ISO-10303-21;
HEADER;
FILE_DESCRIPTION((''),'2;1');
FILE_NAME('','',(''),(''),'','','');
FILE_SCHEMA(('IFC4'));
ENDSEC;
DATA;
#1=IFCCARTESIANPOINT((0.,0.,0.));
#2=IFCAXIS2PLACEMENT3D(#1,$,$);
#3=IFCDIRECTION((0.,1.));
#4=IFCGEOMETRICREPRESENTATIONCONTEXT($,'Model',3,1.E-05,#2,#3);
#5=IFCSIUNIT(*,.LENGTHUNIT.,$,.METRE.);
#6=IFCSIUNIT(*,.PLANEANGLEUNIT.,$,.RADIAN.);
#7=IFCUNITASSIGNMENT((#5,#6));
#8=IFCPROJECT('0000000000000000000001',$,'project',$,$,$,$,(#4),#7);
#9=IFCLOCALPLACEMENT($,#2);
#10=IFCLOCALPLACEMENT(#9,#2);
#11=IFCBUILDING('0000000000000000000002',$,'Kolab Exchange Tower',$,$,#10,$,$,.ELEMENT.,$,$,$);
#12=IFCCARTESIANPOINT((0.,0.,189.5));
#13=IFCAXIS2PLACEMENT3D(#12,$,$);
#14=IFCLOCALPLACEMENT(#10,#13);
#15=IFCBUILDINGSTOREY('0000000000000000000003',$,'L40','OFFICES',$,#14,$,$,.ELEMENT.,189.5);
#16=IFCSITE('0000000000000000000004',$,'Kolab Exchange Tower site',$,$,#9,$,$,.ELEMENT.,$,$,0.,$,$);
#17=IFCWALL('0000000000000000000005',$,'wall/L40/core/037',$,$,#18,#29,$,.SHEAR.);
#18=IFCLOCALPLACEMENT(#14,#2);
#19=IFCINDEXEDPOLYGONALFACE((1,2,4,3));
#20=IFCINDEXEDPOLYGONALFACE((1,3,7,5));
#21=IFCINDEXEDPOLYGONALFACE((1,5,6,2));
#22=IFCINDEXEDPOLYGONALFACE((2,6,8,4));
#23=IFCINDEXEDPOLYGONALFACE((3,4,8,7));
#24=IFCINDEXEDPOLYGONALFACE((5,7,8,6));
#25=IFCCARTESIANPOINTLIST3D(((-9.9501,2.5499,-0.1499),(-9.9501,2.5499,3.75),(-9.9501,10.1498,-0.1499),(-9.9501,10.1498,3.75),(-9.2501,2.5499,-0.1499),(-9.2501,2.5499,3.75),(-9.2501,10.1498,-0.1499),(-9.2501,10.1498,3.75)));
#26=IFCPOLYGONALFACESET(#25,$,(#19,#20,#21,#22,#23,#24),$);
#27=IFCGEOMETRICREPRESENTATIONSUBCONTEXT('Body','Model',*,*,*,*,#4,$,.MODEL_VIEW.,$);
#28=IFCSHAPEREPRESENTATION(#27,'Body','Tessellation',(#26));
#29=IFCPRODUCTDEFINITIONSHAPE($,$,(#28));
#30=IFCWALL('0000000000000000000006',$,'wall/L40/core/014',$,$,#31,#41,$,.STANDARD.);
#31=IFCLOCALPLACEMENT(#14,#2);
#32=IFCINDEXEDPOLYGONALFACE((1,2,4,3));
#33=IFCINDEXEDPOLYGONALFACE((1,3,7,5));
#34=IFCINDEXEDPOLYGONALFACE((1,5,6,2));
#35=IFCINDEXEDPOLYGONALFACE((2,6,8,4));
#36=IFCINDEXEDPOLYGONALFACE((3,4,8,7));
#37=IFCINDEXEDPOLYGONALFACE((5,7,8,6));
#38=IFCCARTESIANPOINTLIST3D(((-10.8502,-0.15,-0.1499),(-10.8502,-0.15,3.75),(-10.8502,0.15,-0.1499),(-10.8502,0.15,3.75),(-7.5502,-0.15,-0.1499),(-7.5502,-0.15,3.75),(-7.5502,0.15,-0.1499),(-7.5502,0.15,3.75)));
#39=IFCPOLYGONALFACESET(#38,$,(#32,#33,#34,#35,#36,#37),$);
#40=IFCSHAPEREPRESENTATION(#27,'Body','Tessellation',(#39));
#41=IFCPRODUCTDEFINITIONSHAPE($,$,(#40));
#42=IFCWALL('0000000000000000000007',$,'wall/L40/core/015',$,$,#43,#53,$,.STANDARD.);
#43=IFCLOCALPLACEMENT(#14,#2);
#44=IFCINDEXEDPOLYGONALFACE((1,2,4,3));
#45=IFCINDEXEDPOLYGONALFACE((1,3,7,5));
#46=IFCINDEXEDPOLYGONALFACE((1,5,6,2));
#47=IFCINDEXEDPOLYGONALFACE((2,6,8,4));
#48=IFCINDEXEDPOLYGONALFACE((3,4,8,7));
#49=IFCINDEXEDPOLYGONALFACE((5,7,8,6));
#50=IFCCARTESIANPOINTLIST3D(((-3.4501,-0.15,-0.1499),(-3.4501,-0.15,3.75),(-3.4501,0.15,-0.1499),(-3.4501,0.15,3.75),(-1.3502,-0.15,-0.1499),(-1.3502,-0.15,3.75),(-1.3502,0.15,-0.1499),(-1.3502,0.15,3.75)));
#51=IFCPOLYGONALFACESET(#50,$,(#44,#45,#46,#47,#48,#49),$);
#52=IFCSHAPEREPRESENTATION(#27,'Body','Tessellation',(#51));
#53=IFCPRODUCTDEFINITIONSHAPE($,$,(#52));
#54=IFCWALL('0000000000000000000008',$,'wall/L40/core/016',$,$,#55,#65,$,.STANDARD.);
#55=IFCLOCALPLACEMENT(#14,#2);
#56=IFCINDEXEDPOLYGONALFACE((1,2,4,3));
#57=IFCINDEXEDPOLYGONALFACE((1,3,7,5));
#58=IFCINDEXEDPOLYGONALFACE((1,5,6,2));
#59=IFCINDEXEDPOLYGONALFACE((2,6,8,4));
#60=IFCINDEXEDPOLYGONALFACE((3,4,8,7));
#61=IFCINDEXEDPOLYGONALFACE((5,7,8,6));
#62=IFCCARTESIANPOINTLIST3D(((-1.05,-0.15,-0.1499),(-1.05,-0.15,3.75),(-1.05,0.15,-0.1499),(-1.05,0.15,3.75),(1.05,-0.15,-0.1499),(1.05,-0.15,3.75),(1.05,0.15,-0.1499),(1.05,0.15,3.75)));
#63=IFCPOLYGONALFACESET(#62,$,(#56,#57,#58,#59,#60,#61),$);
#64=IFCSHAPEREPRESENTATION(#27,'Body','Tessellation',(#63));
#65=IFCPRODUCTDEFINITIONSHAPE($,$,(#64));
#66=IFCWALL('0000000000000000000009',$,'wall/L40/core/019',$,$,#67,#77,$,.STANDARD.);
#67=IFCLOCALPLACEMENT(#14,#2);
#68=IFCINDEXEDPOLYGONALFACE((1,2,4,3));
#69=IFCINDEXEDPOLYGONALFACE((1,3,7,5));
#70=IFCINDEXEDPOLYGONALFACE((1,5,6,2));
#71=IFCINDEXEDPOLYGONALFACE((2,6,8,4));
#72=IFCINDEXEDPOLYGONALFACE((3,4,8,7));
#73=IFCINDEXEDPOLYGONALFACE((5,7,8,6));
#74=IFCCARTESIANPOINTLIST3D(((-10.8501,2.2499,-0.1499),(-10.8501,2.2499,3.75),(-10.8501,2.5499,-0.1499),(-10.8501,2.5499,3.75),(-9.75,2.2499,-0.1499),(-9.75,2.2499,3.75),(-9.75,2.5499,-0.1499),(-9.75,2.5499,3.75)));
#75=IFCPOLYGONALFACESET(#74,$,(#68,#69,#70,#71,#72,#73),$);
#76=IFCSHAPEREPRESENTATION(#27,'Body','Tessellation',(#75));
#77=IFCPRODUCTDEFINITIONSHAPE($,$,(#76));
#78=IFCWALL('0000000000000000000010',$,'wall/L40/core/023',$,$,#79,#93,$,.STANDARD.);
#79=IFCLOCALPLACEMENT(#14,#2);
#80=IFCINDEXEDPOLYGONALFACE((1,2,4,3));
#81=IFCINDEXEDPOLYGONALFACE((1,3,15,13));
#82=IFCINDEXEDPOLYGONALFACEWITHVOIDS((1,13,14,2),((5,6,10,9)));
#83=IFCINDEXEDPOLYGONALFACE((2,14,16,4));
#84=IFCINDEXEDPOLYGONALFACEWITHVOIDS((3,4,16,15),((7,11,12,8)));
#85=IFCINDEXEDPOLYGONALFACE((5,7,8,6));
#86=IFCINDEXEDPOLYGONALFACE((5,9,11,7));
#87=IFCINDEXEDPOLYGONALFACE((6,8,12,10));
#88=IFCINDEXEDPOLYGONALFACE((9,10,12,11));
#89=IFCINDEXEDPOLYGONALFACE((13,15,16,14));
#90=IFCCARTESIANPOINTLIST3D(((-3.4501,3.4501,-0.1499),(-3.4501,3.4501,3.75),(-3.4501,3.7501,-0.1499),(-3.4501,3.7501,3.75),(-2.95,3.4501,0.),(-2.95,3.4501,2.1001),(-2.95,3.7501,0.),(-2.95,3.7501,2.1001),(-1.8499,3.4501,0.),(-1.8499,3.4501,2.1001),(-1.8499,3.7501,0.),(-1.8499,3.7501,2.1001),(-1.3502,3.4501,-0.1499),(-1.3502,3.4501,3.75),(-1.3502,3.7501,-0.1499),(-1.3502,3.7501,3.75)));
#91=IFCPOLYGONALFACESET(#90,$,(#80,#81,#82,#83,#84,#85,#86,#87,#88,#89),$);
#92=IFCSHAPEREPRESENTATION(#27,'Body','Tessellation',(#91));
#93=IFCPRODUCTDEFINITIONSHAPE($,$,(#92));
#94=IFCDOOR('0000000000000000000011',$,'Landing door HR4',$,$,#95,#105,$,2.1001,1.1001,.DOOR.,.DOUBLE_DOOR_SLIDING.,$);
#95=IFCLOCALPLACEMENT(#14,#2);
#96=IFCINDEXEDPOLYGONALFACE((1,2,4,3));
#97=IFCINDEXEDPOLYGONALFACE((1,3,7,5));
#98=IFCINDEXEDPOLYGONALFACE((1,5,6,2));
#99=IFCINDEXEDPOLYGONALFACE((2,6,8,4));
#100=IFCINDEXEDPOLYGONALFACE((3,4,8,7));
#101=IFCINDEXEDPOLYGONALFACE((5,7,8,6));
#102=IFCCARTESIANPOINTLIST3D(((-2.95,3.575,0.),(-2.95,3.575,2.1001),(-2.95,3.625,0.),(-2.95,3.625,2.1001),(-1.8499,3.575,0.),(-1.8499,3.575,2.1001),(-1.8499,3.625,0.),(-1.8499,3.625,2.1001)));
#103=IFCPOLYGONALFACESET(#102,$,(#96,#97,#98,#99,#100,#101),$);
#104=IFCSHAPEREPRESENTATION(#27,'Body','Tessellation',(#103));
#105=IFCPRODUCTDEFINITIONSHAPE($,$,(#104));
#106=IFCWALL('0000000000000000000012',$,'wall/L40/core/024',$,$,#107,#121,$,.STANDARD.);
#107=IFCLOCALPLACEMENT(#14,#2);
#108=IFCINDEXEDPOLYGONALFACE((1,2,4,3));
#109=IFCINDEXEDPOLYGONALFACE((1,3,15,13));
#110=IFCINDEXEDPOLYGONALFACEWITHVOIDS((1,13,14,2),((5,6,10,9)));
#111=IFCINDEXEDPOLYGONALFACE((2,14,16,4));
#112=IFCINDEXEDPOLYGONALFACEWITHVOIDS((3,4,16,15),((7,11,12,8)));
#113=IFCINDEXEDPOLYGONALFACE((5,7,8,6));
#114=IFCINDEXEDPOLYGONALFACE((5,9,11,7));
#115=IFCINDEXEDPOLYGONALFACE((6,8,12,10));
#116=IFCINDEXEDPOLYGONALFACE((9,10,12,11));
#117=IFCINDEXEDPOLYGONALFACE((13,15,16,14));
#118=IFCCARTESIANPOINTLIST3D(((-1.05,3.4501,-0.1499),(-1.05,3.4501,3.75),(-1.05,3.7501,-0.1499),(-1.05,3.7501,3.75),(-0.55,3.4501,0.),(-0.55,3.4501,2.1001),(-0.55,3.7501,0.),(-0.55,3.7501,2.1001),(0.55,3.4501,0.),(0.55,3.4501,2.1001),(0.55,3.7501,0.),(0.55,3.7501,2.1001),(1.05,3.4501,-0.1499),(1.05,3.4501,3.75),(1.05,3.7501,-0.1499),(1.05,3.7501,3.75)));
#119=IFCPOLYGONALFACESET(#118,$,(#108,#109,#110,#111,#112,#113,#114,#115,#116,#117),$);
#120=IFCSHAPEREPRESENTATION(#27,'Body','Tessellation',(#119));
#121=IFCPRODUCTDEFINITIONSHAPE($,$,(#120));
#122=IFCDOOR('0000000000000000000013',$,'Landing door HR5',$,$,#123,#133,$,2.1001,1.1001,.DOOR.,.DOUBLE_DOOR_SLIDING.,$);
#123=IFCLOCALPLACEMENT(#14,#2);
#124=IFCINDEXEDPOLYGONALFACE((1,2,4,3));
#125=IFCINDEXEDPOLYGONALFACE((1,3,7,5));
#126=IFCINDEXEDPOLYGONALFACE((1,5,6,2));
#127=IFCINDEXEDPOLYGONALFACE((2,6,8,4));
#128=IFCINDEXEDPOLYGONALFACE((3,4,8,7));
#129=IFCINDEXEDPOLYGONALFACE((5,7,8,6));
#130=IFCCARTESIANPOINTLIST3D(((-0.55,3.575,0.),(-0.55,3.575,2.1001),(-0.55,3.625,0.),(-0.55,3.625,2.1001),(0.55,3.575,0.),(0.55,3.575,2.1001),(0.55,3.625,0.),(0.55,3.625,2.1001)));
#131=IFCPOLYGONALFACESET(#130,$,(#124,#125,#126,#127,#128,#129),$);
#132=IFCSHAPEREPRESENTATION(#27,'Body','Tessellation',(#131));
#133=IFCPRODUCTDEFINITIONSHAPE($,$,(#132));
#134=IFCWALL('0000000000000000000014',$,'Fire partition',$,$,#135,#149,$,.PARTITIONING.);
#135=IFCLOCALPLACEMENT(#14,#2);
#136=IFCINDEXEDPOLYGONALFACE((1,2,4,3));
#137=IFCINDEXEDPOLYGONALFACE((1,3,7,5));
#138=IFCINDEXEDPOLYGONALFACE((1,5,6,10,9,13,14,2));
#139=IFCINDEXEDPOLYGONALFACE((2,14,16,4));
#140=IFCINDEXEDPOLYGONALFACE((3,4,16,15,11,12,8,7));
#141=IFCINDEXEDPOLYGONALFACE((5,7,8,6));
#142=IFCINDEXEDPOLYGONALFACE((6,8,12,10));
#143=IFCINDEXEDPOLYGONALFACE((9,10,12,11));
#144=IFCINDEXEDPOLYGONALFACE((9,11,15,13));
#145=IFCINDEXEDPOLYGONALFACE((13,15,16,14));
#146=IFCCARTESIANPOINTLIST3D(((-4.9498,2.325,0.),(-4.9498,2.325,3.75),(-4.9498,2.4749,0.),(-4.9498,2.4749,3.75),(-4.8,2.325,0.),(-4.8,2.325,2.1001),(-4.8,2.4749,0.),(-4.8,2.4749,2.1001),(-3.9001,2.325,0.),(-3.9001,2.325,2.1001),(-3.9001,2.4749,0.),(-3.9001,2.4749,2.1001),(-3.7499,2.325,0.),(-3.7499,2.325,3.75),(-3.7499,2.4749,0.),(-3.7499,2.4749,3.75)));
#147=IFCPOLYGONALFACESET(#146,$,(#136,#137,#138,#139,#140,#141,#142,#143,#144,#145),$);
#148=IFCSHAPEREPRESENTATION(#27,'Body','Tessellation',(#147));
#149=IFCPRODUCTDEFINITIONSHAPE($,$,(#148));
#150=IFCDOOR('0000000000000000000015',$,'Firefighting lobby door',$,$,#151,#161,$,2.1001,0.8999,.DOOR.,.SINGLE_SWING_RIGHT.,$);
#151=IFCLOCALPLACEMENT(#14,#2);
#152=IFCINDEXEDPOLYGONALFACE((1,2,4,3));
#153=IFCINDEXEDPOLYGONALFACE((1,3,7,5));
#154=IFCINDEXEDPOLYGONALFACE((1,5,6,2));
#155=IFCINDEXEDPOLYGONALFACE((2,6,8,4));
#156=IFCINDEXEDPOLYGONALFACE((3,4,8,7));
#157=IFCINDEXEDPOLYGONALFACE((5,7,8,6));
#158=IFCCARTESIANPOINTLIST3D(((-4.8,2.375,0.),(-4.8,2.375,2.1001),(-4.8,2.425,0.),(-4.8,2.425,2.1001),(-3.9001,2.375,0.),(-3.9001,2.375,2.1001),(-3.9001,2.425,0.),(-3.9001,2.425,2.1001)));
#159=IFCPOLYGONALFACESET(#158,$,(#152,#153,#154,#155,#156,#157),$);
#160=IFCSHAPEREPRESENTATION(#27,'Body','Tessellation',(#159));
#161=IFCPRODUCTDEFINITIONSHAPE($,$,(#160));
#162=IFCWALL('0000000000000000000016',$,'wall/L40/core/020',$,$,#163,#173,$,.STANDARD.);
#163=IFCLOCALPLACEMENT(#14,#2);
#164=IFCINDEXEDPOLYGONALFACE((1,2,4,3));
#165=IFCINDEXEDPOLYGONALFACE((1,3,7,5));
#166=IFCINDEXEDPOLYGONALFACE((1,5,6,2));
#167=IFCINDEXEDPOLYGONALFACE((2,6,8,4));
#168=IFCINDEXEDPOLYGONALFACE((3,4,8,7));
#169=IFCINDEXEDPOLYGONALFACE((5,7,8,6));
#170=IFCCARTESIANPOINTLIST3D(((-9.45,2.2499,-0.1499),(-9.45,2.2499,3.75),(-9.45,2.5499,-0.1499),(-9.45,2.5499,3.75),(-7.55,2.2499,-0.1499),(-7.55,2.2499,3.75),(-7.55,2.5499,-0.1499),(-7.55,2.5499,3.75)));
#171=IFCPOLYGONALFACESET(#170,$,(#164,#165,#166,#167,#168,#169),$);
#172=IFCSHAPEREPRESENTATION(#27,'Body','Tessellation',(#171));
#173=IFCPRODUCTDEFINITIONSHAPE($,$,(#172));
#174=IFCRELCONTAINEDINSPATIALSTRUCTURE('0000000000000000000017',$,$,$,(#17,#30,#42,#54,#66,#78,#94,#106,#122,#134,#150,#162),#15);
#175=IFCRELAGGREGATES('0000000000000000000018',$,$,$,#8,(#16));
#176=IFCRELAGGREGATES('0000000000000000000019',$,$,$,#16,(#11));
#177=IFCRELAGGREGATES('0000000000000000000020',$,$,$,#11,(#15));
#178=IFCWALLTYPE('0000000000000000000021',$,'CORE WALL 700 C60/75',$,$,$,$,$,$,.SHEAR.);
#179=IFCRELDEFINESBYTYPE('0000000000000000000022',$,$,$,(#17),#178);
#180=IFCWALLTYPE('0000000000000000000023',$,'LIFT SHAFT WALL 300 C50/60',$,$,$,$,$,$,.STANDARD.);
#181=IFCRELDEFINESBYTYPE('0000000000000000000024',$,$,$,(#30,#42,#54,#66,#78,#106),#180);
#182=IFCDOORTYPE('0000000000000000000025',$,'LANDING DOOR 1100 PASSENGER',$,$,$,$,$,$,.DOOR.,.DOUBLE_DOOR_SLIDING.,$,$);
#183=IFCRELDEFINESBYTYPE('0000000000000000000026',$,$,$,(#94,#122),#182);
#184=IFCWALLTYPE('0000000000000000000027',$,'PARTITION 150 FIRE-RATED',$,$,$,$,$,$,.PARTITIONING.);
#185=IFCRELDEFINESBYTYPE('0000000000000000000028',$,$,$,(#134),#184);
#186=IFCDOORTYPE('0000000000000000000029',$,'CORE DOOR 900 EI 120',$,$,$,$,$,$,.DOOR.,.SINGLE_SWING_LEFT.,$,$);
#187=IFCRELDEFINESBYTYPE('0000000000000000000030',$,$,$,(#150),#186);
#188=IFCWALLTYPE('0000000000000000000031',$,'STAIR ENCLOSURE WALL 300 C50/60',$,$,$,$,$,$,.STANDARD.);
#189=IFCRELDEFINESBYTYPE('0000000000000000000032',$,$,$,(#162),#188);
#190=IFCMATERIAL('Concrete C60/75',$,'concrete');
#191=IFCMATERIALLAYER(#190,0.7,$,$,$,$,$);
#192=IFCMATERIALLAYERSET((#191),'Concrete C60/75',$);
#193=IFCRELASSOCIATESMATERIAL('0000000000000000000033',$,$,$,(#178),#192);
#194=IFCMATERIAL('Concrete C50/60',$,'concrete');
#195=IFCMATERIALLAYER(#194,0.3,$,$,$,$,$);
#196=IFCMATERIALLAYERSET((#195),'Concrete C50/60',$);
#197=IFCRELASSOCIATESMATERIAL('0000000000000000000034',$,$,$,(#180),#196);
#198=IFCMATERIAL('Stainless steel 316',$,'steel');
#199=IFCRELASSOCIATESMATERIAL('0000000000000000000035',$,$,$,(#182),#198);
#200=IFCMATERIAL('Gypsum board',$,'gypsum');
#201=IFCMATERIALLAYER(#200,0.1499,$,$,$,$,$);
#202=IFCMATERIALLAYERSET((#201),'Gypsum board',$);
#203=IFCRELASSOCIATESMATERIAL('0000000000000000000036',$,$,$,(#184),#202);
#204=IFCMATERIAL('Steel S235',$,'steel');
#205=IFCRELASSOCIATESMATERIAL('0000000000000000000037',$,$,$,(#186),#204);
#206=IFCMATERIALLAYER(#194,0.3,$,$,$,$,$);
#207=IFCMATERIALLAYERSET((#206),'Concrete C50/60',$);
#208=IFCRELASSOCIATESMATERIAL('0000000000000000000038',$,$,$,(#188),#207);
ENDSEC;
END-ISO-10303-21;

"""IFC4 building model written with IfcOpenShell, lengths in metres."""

from ifc_helpers import new_model, si_unit, direction, frame, frame_2d, origin, place, context, subcontext, project, spatial, rectangle, extrude, material, layer, layer_set, type_object, element, fill, save


model = new_model("IFC4")

# Units and contexts
model_context = context("Model", 3, precision=1e-05, world=origin(), true_north=direction((0.0, 1.0)))
body_context = subcontext(model_context, "Body", "Model", "MODEL_VIEW")
ifc_project = project(units=[si_unit("LENGTHUNIT", "METRE"), si_unit("PLANEANGLEUNIT", "RADIAN")], contexts=[model_context])

# Site, building, storey
site_placement = place(None, origin())
site = spatial("IfcSite", under=ifc_project, at=site_placement, Name="Kolab Exchange Tower site", CompositionType="ELEMENT", RefElevation=0.0)
building_placement = place(site_placement, origin())
building = spatial("IfcBuilding", under=site, at=building_placement, Name="Kolab Exchange Tower", CompositionType="ELEMENT")
storey_placement = place(building_placement, frame((0.0, 0.0, 189.5)))
storey = spatial("IfcBuildingStorey", under=building, at=storey_placement, Name="L40", Description="OFFICES", CompositionType="ELEMENT", Elevation=189.5)

# Walls
ifc_material_1 = material(Name="Concrete C60/75", Category="concrete")
ifc_layer_1 = layer(ifc_material_1, 0.7)
ifc_layer_set_1 = layer_set([ifc_layer_1], Name="Concrete C60/75")
wall_type_1 = type_object("IfcWallType", Name="CORE WALL 700 C60/75", PredefinedType="SHEAR", material=ifc_layer_set_1)
wall_1_placement = place(storey_placement, frame((-9.6001, 2.55, -0.1499), z_axis=(0.0, 0.0, 1.0), x_axis=(0.0, 1.0, 0.0)))
element("IfcWall", 1, at=wall_1_placement, inside=storey, type_object=wall_type_1, Name="wall/L40/core/037", PredefinedType="SHEAR", context=body_context, shape_type="SweptSolid", body=[
    extrude(rectangle(XDim=7.5999, YDim=0.7, at=frame_2d((3.7998, 0.0))), origin(), (0.0, 0.0, 1.0), 3.8999),
])
ifc_material_2 = material(Name="Concrete C50/60", Category="concrete")
ifc_layer_2 = layer(ifc_material_2, 0.3)
ifc_layer_set_2 = layer_set([ifc_layer_2], Name="Concrete C50/60")
wall_type_2 = type_object("IfcWallType", Name="LIFT SHAFT WALL 300 C50/60", PredefinedType="STANDARD", material=ifc_layer_set_2)
wall_2_placement = place(storey_placement, frame((-10.8501, 0.0, -0.1499), z_axis=(0.0, 0.0, 1.0), x_axis=(1.0, 0.0, 0.0)))
element("IfcWall", 2, at=wall_2_placement, inside=storey, type_object=wall_type_2, Name="wall/L40/core/014", PredefinedType="STANDARD", context=body_context, shape_type="SweptSolid", body=[
    extrude(rectangle(XDim=3.3, YDim=0.3, at=frame_2d((1.6499, 0.0))), origin(), (0.0, 0.0, 1.0), 3.8999),
])
wall_3_placement = place(storey_placement, frame((-3.45, 0.0, -0.1499), z_axis=(0.0, 0.0, 1.0), x_axis=(1.0, 0.0, 0.0)))
element("IfcWall", 3, at=wall_3_placement, inside=storey, type_object=wall_type_2, Name="wall/L40/core/015", PredefinedType="STANDARD", context=body_context, shape_type="SweptSolid", body=[
    extrude(rectangle(XDim=2.0999, YDim=0.3, at=frame_2d((1.0498, 0.0))), origin(), (0.0, 0.0, 1.0), 3.8999),
])
wall_4_placement = place(storey_placement, frame((-1.05, 0.0, -0.1499), z_axis=(0.0, 0.0, 1.0), x_axis=(1.0, 0.0, 0.0)))
element("IfcWall", 4, at=wall_4_placement, inside=storey, type_object=wall_type_2, Name="wall/L40/core/016", PredefinedType="STANDARD", context=body_context, shape_type="SweptSolid", body=[
    extrude(rectangle(XDim=2.1001, YDim=0.3, at=frame_2d((1.05, 0.0))), origin(), (0.0, 0.0, 1.0), 3.8999),
])
wall_5_placement = place(storey_placement, frame((-10.8501, 2.3999, -0.1499), z_axis=(0.0, 0.0, 1.0), x_axis=(1.0, 0.0, 0.0)))
element("IfcWall", 5, at=wall_5_placement, inside=storey, type_object=wall_type_2, Name="wall/L40/core/019", PredefinedType="STANDARD", context=body_context, shape_type="SweptSolid", body=[
    extrude(rectangle(XDim=1.1001, YDim=0.3, at=frame_2d((0.55, 0.0))), origin(), (0.0, 0.0, 1.0), 3.8999),
])

# Walls, openings, doors
wall_6_placement = place(storey_placement, frame((-3.45, 3.6001, -0.1499), z_axis=(0.0, 0.0, 1.0), x_axis=(1.0, 0.0, 0.0)))
wall_6 = element("IfcWall", 6, at=wall_6_placement, inside=storey, type_object=wall_type_2, Name="wall/L40/core/023", PredefinedType="STANDARD", context=body_context, shape_type="SweptSolid", body=[
    extrude(rectangle(XDim=2.0999, YDim=0.3, at=frame_2d((1.0498, 0.0))), origin(), (0.0, 0.0, 1.0), 3.8999),
])
opening_1_placement = place(wall_6_placement, frame((0.5, 0.0, 0.1499)))
opening_1 = element("IfcOpeningElement", 7, at=opening_1_placement, cuts=wall_6, PredefinedType="OPENING", context=body_context, shape_type="SweptSolid", body=[
    extrude(rectangle(XDim=1.1001, YDim=2.1001, at=frame_2d((0.55, 1.05))), frame((0.0, 0.1602, 0.0), z_axis=(0.0, -1.0, 0.0), x_axis=(1.0, 0.0, 0.0)), (0.0, 0.0, 1.0), 0.3201),
])
ifc_material_3 = material(Name="Stainless steel 316", Category="steel")
door_type_1 = type_object("IfcDoorType", Name="LANDING DOOR 1100 PASSENGER", OperationType="DOUBLE_DOOR_SLIDING", PredefinedType="DOOR", material=ifc_material_3)
door_1_placement = place(opening_1_placement, origin())
door_1 = element("IfcDoor", 8, at=door_1_placement, inside=storey, type_object=door_type_1, Name="Landing door HR4", OperationType="DOUBLE_DOOR_SLIDING", OverallHeight=2.1001, OverallWidth=1.1001, PredefinedType="DOOR", context=body_context, shape_type="SweptSolid", body=[
    extrude(rectangle(XDim=1.1001, YDim=2.1001, at=frame_2d((0.55, 1.05))), frame((0.0, 0.0249, 0.0), z_axis=(0.0, -1.0, 0.0), x_axis=(1.0, 0.0, 0.0)), (0.0, 0.0, 1.0), 0.05),
])
fill(opening_1, door_1)
wall_7_placement = place(storey_placement, frame((-1.05, 3.6001, -0.1499), z_axis=(0.0, 0.0, 1.0), x_axis=(1.0, 0.0, 0.0)))
wall_7 = element("IfcWall", 9, at=wall_7_placement, inside=storey, type_object=wall_type_2, Name="wall/L40/core/024", PredefinedType="STANDARD", context=body_context, shape_type="SweptSolid", body=[
    extrude(rectangle(XDim=2.1001, YDim=0.3, at=frame_2d((1.05, 0.0))), origin(), (0.0, 0.0, 1.0), 3.8999),
])
opening_2_placement = place(wall_7_placement, frame((0.5, 0.0, 0.1499)))
opening_2 = element("IfcOpeningElement", 10, at=opening_2_placement, cuts=wall_7, PredefinedType="OPENING", context=body_context, shape_type="SweptSolid", body=[
    extrude(rectangle(XDim=1.1001, YDim=2.1001, at=frame_2d((0.55, 1.05))), frame((0.0, 0.1602, 0.0), z_axis=(0.0, -1.0, 0.0), x_axis=(1.0, 0.0, 0.0)), (0.0, 0.0, 1.0), 0.3201),
])
door_2_placement = place(opening_2_placement, origin())
door_2 = element("IfcDoor", 11, at=door_2_placement, inside=storey, type_object=door_type_1, Name="Landing door HR5", OperationType="DOUBLE_DOOR_SLIDING", OverallHeight=2.1001, OverallWidth=1.1001, PredefinedType="DOOR", context=body_context, shape_type="SweptSolid", body=[
    extrude(rectangle(XDim=1.1001, YDim=2.1001, at=frame_2d((0.55, 1.05))), frame((0.0, 0.0249, 0.0), z_axis=(0.0, -1.0, 0.0), x_axis=(1.0, 0.0, 0.0)), (0.0, 0.0, 1.0), 0.05),
])
fill(opening_2, door_2)
ifc_material_4 = material(Name="Gypsum board", Category="gypsum")
ifc_layer_3 = layer(ifc_material_4, 0.1499)
ifc_layer_set_3 = layer_set([ifc_layer_3], Name="Gypsum board")
wall_type_3 = type_object("IfcWallType", Name="PARTITION 150 FIRE-RATED", PredefinedType="PARTITIONING", material=ifc_layer_set_3)
wall_8_placement = place(storey_placement, frame((-4.95, 2.3999, 0.0), z_axis=(0.0, 0.0, 1.0), x_axis=(1.0, 0.0, 0.0)))
wall_8 = element("IfcWall", 12, at=wall_8_placement, inside=storey, type_object=wall_type_3, Name="Fire partition", PredefinedType="PARTITIONING", context=body_context, shape_type="SweptSolid", body=[
    extrude(rectangle(XDim=1.2, YDim=0.1499, at=frame_2d((0.6001, 0.0))), origin(), (0.0, 0.0, 1.0), 3.75),
])
opening_3_placement = place(wall_8_placement, frame((0.1499, 0.0, 0.0)))
opening_3 = element("IfcOpeningElement", 13, at=opening_3_placement, cuts=wall_8, PredefinedType="OPENING", context=body_context, shape_type="SweptSolid", body=[
    extrude(rectangle(XDim=0.8999, YDim=2.1001, at=frame_2d((0.45, 1.05))), frame((0.0, 0.085, 0.0), z_axis=(0.0, -1.0, 0.0), x_axis=(1.0, 0.0, 0.0)), (0.0, 0.0, 1.0), 0.1699),
])
ifc_material_5 = material(Name="Steel S235", Category="steel")
door_type_2 = type_object("IfcDoorType", Name="CORE DOOR 900 EI 120", OperationType="SINGLE_SWING_LEFT", PredefinedType="DOOR", material=ifc_material_5)
door_3_placement = place(opening_3_placement, frame((0.8999, 0.0, 0.0), z_axis=(0.0, 0.0, 1.0), x_axis=(-1.0, 0.0, 0.0)))
door_3 = element("IfcDoor", 14, at=door_3_placement, inside=storey, type_object=door_type_2, Name="Firefighting lobby door", OperationType="SINGLE_SWING_RIGHT", OverallHeight=2.1001, OverallWidth=0.8999, PredefinedType="DOOR", context=body_context, shape_type="SweptSolid", body=[
    extrude(rectangle(XDim=0.8999, YDim=2.1001, at=frame_2d((0.45, 1.05))), frame((0.0, 0.0249, 0.0), z_axis=(0.0, -1.0, 0.0), x_axis=(1.0, 0.0, 0.0)), (0.0, 0.0, 1.0), 0.05),
])
fill(opening_3, door_3)

# Wall
ifc_layer_4 = layer(ifc_material_2, 0.3)
ifc_layer_set_4 = layer_set([ifc_layer_4], Name="Concrete C50/60")
wall_type_4 = type_object("IfcWallType", Name="STAIR ENCLOSURE WALL 300 C50/60", PredefinedType="STANDARD", material=ifc_layer_set_4)
wall_9_placement = place(storey_placement, frame((-9.45, 2.3999, -0.1499), z_axis=(0.0, 0.0, 1.0), x_axis=(1.0, 0.0, 0.0)))
element("IfcWall", 15, at=wall_9_placement, inside=storey, type_object=wall_type_4, Name="wall/L40/core/020", PredefinedType="STANDARD", context=body_context, shape_type="SweptSolid", body=[
    extrude(rectangle(XDim=1.8999, YDim=0.3, at=frame_2d((0.95, 0.0))), origin(), (0.0, 0.0, 1.0), 3.8999),
])

save(model, "model.ifc")
